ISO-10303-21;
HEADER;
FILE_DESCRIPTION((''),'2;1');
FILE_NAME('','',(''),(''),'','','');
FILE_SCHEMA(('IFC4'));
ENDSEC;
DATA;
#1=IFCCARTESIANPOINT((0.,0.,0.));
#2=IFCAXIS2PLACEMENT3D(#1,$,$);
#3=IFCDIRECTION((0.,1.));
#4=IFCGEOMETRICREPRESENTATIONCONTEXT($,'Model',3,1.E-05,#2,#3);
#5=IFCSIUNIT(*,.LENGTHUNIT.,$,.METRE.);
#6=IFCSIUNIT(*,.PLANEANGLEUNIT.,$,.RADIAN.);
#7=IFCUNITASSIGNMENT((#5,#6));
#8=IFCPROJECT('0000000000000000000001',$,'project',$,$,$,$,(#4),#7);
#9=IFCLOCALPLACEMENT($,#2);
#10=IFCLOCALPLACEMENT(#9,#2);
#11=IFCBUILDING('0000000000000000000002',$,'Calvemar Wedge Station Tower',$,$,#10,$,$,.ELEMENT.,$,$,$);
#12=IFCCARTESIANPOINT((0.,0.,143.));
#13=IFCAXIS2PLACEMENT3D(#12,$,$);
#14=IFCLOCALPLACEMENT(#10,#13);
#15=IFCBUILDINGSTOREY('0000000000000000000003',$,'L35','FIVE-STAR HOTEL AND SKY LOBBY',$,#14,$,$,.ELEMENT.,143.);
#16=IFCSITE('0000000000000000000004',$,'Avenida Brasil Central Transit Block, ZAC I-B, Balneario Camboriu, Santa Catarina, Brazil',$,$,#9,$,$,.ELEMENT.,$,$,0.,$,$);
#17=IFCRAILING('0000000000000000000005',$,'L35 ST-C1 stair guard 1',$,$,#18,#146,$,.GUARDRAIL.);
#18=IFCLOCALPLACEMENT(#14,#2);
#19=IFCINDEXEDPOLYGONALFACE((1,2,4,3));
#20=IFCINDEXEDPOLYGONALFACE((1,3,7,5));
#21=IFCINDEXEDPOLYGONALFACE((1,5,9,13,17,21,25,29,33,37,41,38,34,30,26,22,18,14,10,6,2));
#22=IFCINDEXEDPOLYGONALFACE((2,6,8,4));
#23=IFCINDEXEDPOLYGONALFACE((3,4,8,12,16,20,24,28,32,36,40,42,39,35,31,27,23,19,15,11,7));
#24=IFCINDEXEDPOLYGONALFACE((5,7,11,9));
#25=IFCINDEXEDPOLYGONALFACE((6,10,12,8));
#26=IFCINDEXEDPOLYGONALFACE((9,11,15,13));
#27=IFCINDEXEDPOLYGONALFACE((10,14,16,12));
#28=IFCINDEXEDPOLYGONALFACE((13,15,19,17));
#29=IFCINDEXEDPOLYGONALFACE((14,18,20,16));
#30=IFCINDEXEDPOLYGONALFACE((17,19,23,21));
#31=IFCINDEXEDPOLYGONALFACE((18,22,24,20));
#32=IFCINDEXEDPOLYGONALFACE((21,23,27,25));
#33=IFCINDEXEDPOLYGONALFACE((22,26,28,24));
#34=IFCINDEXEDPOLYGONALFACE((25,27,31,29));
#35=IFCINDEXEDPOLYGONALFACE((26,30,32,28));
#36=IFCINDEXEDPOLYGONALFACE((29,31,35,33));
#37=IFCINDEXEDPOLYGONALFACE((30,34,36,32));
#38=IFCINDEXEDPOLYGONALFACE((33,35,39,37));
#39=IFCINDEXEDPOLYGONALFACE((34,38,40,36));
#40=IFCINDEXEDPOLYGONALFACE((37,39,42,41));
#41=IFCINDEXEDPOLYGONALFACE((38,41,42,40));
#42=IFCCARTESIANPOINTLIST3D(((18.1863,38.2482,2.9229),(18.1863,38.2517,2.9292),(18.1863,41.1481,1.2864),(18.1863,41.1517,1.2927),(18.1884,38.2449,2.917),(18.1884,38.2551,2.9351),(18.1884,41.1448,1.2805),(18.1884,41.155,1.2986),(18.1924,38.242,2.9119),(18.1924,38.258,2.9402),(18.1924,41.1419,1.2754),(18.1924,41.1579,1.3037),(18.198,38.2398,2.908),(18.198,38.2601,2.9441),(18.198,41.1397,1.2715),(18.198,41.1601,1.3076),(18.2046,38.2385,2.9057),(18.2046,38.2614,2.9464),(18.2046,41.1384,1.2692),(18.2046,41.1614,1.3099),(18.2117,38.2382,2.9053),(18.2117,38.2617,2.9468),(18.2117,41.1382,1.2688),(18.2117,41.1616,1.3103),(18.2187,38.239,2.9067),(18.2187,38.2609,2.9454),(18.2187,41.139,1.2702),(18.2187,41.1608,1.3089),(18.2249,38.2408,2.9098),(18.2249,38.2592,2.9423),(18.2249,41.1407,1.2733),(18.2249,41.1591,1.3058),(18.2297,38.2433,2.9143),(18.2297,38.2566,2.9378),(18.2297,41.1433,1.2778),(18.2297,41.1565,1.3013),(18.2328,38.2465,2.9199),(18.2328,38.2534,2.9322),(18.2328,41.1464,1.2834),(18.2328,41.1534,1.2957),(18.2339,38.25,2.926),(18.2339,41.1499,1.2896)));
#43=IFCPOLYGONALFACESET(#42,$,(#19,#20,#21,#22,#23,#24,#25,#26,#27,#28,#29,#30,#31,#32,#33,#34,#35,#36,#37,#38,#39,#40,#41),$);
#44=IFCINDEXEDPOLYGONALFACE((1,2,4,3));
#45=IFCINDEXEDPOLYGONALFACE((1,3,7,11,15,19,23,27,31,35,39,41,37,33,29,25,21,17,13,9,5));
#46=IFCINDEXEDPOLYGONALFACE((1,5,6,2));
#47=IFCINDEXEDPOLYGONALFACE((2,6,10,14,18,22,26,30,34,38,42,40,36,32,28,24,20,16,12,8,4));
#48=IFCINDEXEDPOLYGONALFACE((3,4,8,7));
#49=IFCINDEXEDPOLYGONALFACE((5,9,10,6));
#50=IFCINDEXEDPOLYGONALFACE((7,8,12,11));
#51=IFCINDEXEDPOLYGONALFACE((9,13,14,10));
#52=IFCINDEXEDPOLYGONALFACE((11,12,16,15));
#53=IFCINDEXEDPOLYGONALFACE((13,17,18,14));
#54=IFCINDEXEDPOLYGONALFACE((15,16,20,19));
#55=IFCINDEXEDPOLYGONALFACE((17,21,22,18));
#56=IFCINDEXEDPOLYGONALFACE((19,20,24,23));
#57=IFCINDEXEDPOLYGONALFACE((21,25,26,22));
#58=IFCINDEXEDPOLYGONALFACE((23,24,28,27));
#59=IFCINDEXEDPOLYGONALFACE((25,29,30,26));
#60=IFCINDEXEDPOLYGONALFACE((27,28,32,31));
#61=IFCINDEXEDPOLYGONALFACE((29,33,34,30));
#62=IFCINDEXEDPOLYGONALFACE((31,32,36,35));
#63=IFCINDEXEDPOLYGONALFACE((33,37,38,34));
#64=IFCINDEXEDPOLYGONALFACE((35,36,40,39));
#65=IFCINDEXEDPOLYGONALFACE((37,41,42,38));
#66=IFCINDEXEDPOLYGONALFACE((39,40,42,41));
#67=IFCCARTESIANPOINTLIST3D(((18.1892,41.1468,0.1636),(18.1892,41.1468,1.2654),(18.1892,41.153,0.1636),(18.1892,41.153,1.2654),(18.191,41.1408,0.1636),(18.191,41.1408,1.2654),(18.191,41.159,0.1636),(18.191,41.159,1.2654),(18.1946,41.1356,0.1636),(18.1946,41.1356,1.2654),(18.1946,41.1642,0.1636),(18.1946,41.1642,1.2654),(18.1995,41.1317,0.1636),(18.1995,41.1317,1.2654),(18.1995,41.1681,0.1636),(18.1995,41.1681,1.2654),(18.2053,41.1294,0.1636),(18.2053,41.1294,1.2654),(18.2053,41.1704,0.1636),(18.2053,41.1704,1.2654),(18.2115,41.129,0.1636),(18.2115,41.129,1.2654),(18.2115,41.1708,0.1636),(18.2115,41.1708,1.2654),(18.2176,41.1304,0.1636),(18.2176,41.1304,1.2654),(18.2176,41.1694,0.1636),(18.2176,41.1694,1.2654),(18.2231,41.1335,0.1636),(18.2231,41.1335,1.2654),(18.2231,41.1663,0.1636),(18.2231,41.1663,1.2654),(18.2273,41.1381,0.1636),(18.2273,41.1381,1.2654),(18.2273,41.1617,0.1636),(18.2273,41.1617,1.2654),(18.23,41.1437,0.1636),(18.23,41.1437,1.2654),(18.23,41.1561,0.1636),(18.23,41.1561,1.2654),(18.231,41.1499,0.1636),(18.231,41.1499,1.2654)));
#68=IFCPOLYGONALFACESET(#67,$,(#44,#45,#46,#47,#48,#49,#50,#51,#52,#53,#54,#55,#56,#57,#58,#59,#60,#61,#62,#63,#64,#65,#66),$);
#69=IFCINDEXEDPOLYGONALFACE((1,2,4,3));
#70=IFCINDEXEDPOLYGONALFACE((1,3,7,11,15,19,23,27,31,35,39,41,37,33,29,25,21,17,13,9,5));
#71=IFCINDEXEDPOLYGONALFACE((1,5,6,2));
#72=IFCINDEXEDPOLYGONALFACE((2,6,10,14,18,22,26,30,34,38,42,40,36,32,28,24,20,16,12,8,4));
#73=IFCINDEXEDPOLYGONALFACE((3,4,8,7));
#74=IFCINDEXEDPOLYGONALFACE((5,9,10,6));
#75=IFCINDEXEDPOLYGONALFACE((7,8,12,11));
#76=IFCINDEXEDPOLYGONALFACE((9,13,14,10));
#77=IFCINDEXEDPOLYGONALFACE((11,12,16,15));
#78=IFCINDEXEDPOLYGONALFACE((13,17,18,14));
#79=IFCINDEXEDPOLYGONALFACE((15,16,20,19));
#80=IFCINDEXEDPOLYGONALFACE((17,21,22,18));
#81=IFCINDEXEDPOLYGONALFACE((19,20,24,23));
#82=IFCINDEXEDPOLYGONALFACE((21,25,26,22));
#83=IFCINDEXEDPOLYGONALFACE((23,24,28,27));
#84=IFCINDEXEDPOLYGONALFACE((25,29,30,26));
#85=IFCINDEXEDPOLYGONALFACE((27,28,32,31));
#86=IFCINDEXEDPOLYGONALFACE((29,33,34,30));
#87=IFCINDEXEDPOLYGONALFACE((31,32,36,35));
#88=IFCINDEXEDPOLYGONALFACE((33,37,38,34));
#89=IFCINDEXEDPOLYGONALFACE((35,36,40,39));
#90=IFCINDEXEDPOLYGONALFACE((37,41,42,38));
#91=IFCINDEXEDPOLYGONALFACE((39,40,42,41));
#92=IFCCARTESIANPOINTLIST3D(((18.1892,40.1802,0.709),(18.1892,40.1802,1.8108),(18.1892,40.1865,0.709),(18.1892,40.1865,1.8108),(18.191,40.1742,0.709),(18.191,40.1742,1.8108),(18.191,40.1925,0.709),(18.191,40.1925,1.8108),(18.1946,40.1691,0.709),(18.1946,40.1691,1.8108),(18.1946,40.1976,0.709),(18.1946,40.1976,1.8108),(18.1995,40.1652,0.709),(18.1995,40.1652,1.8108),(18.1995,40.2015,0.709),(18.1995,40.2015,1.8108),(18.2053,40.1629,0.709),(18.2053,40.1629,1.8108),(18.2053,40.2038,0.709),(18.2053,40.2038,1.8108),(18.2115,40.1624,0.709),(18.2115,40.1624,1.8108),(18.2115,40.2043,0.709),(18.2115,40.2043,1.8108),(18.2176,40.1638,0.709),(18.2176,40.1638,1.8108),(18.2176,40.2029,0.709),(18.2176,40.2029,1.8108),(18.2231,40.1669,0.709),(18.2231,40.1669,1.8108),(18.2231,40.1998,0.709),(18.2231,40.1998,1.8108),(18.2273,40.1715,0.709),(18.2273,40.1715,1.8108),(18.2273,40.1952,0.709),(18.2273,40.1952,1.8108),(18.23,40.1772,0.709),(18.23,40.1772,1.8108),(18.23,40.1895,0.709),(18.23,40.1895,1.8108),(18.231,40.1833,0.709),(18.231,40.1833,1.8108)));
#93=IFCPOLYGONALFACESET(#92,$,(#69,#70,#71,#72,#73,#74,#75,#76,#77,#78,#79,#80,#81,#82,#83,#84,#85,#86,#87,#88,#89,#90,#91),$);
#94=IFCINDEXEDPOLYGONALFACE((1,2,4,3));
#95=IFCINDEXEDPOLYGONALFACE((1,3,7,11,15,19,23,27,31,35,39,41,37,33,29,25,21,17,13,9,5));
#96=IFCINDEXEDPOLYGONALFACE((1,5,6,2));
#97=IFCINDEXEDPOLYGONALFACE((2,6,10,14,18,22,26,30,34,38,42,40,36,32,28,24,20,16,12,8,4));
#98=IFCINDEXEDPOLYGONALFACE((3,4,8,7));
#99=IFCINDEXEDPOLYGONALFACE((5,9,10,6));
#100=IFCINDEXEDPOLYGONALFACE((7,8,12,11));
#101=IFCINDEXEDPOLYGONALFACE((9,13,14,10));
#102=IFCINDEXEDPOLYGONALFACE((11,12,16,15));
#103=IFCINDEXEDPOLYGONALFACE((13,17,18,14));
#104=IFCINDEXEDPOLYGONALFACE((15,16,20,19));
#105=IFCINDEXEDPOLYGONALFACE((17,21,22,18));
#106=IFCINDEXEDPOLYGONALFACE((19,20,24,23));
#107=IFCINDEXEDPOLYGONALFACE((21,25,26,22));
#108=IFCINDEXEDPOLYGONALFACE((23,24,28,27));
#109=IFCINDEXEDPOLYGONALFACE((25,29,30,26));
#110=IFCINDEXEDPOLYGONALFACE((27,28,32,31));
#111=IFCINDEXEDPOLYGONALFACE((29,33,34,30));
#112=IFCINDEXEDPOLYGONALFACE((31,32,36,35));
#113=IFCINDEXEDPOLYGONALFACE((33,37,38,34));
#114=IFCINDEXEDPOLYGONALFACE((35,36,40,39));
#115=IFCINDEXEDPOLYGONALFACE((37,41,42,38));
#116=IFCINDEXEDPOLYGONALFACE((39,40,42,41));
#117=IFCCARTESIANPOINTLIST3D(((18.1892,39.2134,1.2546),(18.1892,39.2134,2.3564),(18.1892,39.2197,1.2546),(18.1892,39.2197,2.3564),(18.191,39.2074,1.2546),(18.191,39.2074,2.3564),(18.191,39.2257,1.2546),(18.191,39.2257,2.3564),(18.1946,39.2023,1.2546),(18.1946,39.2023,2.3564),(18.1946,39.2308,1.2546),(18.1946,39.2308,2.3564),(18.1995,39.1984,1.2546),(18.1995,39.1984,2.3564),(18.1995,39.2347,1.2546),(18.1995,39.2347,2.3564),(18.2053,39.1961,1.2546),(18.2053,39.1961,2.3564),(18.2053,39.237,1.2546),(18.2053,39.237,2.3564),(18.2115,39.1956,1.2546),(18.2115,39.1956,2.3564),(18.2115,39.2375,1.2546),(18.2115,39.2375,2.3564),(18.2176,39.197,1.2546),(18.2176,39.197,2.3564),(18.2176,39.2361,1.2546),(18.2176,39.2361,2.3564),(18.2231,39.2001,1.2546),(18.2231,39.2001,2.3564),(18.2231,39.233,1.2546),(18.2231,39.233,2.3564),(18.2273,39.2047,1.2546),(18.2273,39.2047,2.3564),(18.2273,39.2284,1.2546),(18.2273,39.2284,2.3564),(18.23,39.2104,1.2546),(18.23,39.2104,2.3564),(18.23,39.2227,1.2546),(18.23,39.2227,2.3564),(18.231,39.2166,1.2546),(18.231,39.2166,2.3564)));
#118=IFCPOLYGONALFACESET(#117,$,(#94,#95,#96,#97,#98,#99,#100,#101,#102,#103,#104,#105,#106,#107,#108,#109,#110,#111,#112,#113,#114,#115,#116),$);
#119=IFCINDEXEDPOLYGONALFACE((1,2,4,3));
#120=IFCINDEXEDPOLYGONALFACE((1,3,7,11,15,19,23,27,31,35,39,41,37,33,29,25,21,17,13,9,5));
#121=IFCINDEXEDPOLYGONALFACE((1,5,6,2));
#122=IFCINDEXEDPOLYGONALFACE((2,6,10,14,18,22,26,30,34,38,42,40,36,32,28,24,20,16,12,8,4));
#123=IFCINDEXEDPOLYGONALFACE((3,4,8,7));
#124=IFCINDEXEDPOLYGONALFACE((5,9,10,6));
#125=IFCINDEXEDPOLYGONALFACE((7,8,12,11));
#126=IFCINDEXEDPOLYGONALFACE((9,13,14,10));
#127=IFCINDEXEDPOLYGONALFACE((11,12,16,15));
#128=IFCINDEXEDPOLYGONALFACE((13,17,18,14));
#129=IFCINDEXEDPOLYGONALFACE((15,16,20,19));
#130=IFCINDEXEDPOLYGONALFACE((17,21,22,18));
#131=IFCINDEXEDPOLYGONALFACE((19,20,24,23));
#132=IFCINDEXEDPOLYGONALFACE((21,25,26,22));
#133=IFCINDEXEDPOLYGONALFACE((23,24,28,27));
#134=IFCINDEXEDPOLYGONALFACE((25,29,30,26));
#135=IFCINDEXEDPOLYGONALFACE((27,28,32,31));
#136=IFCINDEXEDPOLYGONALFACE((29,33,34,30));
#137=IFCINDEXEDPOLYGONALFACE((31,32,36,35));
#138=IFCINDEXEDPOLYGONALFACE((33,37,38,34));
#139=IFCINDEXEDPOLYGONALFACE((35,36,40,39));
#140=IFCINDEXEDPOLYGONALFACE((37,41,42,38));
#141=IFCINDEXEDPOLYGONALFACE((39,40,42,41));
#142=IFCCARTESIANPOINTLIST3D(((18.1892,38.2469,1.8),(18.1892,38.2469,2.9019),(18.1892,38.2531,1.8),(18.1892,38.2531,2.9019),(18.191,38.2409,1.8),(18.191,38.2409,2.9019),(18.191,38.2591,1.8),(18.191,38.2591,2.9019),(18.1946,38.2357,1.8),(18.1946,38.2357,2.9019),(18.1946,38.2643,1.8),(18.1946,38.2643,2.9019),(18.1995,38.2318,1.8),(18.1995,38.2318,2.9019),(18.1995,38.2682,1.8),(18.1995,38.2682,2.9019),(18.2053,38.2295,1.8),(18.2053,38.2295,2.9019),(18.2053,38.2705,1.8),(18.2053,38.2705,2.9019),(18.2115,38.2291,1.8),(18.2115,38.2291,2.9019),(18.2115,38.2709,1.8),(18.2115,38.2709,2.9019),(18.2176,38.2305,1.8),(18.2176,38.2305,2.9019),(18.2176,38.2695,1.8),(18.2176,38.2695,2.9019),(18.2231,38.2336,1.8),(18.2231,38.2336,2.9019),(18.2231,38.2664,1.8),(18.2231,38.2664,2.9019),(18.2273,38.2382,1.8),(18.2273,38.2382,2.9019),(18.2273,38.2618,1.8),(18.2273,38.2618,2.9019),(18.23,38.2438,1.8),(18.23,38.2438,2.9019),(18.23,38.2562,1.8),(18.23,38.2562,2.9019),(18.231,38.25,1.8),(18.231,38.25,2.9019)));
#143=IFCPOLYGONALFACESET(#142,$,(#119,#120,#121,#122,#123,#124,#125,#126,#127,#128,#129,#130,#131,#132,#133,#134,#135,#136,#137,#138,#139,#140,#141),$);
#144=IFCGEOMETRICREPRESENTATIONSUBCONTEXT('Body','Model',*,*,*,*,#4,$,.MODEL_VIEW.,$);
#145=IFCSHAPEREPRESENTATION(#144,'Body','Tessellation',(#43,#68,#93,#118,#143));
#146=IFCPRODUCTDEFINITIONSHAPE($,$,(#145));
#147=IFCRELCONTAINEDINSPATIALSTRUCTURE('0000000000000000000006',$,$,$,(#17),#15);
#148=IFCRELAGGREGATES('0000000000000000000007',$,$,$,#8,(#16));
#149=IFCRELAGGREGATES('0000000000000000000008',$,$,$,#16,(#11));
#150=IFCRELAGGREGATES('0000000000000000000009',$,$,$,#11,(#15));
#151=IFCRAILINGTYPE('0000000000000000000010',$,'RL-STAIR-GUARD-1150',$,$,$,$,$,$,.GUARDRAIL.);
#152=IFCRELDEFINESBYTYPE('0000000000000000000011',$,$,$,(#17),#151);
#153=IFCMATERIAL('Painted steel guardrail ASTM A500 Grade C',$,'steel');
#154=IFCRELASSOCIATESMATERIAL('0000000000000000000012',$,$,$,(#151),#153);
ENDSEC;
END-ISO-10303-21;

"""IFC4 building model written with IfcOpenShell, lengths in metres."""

from ifc_helpers import new_model, si_unit, direction, frame, origin, origin_2d, place, context, subcontext, project, spatial, circle, extrude, material, type_object, element, save


model = new_model("IFC4")

# Units and contexts
model_context = context("Model", 3, precision=1e-05, world=origin(), true_north=direction((0.0, 1.0)))
body_context = subcontext(model_context, "Body", "Model", "MODEL_VIEW")
ifc_project = project(units=[si_unit("LENGTHUNIT", "METRE"), si_unit("PLANEANGLEUNIT", "RADIAN")], contexts=[model_context])

# Site, building, storey
site_placement = place(None, origin())
site = spatial("IfcSite", under=ifc_project, at=site_placement, Name="Avenida Brasil Central Transit Block, ZAC I-B, Balneario Camboriu, Santa Catarina, Brazil", CompositionType="ELEMENT", RefElevation=0.0)
building_placement = place(site_placement, origin())
building = spatial("IfcBuilding", under=site, at=building_placement, Name="Calvemar Wedge Station Tower", CompositionType="ELEMENT")
storey_placement = place(building_placement, frame((0.0, 0.0, 143.0)))
storey = spatial("IfcBuildingStorey", under=building, at=storey_placement, Name="L35", Description="FIVE-STAR HOTEL AND SKY LOBBY", CompositionType="ELEMENT", Elevation=143.0)

# Railing
ifc_material_1 = material(Name="Painted steel guardrail ASTM A500 Grade C", Category="steel")
railing_type_1 = type_object("IfcRailingType", Name="RL-STAIR-GUARD-1150", PredefinedType="GUARDRAIL", material=ifc_material_1)
railing_1_placement = place(storey_placement, frame((18.21, 41.1499, 0.1636)))
element("IfcRailing", 1, at=railing_1_placement, inside=storey, type_object=railing_type_1, Name="L35 ST-C1 stair guard 1", PredefinedType="GUARDRAIL", context=body_context, shape_type="SweptSolid", body=[
    extrude(circle(Radius=0.0239, at=origin_2d()), frame((0.0, 0.0, 1.126), z_axis=(0.0, -0.870897, 0.491465), x_axis=(1.0, 0.0, 0.0)), (0.0, 0.0, 1.0), 3.3298),
    extrude(circle(Radius=0.021, at=origin_2d()), origin(), (0.0, 0.0, 1.0), 1.1018),
    extrude(circle(Radius=0.021, at=origin_2d()), frame((0.0, -0.9666, 0.5454)), (0.0, 0.0, 1.0), 1.1018),
    extrude(circle(Radius=0.021, at=origin_2d()), frame((0.0, -1.9333, 1.0911)), (0.0, 0.0, 1.0), 1.1018),
    extrude(circle(Radius=0.021, at=origin_2d()), frame((0.0, -2.8999, 1.6365)), (0.0, 0.0, 1.0), 1.1018),
])

save(model, "model.ifc")
